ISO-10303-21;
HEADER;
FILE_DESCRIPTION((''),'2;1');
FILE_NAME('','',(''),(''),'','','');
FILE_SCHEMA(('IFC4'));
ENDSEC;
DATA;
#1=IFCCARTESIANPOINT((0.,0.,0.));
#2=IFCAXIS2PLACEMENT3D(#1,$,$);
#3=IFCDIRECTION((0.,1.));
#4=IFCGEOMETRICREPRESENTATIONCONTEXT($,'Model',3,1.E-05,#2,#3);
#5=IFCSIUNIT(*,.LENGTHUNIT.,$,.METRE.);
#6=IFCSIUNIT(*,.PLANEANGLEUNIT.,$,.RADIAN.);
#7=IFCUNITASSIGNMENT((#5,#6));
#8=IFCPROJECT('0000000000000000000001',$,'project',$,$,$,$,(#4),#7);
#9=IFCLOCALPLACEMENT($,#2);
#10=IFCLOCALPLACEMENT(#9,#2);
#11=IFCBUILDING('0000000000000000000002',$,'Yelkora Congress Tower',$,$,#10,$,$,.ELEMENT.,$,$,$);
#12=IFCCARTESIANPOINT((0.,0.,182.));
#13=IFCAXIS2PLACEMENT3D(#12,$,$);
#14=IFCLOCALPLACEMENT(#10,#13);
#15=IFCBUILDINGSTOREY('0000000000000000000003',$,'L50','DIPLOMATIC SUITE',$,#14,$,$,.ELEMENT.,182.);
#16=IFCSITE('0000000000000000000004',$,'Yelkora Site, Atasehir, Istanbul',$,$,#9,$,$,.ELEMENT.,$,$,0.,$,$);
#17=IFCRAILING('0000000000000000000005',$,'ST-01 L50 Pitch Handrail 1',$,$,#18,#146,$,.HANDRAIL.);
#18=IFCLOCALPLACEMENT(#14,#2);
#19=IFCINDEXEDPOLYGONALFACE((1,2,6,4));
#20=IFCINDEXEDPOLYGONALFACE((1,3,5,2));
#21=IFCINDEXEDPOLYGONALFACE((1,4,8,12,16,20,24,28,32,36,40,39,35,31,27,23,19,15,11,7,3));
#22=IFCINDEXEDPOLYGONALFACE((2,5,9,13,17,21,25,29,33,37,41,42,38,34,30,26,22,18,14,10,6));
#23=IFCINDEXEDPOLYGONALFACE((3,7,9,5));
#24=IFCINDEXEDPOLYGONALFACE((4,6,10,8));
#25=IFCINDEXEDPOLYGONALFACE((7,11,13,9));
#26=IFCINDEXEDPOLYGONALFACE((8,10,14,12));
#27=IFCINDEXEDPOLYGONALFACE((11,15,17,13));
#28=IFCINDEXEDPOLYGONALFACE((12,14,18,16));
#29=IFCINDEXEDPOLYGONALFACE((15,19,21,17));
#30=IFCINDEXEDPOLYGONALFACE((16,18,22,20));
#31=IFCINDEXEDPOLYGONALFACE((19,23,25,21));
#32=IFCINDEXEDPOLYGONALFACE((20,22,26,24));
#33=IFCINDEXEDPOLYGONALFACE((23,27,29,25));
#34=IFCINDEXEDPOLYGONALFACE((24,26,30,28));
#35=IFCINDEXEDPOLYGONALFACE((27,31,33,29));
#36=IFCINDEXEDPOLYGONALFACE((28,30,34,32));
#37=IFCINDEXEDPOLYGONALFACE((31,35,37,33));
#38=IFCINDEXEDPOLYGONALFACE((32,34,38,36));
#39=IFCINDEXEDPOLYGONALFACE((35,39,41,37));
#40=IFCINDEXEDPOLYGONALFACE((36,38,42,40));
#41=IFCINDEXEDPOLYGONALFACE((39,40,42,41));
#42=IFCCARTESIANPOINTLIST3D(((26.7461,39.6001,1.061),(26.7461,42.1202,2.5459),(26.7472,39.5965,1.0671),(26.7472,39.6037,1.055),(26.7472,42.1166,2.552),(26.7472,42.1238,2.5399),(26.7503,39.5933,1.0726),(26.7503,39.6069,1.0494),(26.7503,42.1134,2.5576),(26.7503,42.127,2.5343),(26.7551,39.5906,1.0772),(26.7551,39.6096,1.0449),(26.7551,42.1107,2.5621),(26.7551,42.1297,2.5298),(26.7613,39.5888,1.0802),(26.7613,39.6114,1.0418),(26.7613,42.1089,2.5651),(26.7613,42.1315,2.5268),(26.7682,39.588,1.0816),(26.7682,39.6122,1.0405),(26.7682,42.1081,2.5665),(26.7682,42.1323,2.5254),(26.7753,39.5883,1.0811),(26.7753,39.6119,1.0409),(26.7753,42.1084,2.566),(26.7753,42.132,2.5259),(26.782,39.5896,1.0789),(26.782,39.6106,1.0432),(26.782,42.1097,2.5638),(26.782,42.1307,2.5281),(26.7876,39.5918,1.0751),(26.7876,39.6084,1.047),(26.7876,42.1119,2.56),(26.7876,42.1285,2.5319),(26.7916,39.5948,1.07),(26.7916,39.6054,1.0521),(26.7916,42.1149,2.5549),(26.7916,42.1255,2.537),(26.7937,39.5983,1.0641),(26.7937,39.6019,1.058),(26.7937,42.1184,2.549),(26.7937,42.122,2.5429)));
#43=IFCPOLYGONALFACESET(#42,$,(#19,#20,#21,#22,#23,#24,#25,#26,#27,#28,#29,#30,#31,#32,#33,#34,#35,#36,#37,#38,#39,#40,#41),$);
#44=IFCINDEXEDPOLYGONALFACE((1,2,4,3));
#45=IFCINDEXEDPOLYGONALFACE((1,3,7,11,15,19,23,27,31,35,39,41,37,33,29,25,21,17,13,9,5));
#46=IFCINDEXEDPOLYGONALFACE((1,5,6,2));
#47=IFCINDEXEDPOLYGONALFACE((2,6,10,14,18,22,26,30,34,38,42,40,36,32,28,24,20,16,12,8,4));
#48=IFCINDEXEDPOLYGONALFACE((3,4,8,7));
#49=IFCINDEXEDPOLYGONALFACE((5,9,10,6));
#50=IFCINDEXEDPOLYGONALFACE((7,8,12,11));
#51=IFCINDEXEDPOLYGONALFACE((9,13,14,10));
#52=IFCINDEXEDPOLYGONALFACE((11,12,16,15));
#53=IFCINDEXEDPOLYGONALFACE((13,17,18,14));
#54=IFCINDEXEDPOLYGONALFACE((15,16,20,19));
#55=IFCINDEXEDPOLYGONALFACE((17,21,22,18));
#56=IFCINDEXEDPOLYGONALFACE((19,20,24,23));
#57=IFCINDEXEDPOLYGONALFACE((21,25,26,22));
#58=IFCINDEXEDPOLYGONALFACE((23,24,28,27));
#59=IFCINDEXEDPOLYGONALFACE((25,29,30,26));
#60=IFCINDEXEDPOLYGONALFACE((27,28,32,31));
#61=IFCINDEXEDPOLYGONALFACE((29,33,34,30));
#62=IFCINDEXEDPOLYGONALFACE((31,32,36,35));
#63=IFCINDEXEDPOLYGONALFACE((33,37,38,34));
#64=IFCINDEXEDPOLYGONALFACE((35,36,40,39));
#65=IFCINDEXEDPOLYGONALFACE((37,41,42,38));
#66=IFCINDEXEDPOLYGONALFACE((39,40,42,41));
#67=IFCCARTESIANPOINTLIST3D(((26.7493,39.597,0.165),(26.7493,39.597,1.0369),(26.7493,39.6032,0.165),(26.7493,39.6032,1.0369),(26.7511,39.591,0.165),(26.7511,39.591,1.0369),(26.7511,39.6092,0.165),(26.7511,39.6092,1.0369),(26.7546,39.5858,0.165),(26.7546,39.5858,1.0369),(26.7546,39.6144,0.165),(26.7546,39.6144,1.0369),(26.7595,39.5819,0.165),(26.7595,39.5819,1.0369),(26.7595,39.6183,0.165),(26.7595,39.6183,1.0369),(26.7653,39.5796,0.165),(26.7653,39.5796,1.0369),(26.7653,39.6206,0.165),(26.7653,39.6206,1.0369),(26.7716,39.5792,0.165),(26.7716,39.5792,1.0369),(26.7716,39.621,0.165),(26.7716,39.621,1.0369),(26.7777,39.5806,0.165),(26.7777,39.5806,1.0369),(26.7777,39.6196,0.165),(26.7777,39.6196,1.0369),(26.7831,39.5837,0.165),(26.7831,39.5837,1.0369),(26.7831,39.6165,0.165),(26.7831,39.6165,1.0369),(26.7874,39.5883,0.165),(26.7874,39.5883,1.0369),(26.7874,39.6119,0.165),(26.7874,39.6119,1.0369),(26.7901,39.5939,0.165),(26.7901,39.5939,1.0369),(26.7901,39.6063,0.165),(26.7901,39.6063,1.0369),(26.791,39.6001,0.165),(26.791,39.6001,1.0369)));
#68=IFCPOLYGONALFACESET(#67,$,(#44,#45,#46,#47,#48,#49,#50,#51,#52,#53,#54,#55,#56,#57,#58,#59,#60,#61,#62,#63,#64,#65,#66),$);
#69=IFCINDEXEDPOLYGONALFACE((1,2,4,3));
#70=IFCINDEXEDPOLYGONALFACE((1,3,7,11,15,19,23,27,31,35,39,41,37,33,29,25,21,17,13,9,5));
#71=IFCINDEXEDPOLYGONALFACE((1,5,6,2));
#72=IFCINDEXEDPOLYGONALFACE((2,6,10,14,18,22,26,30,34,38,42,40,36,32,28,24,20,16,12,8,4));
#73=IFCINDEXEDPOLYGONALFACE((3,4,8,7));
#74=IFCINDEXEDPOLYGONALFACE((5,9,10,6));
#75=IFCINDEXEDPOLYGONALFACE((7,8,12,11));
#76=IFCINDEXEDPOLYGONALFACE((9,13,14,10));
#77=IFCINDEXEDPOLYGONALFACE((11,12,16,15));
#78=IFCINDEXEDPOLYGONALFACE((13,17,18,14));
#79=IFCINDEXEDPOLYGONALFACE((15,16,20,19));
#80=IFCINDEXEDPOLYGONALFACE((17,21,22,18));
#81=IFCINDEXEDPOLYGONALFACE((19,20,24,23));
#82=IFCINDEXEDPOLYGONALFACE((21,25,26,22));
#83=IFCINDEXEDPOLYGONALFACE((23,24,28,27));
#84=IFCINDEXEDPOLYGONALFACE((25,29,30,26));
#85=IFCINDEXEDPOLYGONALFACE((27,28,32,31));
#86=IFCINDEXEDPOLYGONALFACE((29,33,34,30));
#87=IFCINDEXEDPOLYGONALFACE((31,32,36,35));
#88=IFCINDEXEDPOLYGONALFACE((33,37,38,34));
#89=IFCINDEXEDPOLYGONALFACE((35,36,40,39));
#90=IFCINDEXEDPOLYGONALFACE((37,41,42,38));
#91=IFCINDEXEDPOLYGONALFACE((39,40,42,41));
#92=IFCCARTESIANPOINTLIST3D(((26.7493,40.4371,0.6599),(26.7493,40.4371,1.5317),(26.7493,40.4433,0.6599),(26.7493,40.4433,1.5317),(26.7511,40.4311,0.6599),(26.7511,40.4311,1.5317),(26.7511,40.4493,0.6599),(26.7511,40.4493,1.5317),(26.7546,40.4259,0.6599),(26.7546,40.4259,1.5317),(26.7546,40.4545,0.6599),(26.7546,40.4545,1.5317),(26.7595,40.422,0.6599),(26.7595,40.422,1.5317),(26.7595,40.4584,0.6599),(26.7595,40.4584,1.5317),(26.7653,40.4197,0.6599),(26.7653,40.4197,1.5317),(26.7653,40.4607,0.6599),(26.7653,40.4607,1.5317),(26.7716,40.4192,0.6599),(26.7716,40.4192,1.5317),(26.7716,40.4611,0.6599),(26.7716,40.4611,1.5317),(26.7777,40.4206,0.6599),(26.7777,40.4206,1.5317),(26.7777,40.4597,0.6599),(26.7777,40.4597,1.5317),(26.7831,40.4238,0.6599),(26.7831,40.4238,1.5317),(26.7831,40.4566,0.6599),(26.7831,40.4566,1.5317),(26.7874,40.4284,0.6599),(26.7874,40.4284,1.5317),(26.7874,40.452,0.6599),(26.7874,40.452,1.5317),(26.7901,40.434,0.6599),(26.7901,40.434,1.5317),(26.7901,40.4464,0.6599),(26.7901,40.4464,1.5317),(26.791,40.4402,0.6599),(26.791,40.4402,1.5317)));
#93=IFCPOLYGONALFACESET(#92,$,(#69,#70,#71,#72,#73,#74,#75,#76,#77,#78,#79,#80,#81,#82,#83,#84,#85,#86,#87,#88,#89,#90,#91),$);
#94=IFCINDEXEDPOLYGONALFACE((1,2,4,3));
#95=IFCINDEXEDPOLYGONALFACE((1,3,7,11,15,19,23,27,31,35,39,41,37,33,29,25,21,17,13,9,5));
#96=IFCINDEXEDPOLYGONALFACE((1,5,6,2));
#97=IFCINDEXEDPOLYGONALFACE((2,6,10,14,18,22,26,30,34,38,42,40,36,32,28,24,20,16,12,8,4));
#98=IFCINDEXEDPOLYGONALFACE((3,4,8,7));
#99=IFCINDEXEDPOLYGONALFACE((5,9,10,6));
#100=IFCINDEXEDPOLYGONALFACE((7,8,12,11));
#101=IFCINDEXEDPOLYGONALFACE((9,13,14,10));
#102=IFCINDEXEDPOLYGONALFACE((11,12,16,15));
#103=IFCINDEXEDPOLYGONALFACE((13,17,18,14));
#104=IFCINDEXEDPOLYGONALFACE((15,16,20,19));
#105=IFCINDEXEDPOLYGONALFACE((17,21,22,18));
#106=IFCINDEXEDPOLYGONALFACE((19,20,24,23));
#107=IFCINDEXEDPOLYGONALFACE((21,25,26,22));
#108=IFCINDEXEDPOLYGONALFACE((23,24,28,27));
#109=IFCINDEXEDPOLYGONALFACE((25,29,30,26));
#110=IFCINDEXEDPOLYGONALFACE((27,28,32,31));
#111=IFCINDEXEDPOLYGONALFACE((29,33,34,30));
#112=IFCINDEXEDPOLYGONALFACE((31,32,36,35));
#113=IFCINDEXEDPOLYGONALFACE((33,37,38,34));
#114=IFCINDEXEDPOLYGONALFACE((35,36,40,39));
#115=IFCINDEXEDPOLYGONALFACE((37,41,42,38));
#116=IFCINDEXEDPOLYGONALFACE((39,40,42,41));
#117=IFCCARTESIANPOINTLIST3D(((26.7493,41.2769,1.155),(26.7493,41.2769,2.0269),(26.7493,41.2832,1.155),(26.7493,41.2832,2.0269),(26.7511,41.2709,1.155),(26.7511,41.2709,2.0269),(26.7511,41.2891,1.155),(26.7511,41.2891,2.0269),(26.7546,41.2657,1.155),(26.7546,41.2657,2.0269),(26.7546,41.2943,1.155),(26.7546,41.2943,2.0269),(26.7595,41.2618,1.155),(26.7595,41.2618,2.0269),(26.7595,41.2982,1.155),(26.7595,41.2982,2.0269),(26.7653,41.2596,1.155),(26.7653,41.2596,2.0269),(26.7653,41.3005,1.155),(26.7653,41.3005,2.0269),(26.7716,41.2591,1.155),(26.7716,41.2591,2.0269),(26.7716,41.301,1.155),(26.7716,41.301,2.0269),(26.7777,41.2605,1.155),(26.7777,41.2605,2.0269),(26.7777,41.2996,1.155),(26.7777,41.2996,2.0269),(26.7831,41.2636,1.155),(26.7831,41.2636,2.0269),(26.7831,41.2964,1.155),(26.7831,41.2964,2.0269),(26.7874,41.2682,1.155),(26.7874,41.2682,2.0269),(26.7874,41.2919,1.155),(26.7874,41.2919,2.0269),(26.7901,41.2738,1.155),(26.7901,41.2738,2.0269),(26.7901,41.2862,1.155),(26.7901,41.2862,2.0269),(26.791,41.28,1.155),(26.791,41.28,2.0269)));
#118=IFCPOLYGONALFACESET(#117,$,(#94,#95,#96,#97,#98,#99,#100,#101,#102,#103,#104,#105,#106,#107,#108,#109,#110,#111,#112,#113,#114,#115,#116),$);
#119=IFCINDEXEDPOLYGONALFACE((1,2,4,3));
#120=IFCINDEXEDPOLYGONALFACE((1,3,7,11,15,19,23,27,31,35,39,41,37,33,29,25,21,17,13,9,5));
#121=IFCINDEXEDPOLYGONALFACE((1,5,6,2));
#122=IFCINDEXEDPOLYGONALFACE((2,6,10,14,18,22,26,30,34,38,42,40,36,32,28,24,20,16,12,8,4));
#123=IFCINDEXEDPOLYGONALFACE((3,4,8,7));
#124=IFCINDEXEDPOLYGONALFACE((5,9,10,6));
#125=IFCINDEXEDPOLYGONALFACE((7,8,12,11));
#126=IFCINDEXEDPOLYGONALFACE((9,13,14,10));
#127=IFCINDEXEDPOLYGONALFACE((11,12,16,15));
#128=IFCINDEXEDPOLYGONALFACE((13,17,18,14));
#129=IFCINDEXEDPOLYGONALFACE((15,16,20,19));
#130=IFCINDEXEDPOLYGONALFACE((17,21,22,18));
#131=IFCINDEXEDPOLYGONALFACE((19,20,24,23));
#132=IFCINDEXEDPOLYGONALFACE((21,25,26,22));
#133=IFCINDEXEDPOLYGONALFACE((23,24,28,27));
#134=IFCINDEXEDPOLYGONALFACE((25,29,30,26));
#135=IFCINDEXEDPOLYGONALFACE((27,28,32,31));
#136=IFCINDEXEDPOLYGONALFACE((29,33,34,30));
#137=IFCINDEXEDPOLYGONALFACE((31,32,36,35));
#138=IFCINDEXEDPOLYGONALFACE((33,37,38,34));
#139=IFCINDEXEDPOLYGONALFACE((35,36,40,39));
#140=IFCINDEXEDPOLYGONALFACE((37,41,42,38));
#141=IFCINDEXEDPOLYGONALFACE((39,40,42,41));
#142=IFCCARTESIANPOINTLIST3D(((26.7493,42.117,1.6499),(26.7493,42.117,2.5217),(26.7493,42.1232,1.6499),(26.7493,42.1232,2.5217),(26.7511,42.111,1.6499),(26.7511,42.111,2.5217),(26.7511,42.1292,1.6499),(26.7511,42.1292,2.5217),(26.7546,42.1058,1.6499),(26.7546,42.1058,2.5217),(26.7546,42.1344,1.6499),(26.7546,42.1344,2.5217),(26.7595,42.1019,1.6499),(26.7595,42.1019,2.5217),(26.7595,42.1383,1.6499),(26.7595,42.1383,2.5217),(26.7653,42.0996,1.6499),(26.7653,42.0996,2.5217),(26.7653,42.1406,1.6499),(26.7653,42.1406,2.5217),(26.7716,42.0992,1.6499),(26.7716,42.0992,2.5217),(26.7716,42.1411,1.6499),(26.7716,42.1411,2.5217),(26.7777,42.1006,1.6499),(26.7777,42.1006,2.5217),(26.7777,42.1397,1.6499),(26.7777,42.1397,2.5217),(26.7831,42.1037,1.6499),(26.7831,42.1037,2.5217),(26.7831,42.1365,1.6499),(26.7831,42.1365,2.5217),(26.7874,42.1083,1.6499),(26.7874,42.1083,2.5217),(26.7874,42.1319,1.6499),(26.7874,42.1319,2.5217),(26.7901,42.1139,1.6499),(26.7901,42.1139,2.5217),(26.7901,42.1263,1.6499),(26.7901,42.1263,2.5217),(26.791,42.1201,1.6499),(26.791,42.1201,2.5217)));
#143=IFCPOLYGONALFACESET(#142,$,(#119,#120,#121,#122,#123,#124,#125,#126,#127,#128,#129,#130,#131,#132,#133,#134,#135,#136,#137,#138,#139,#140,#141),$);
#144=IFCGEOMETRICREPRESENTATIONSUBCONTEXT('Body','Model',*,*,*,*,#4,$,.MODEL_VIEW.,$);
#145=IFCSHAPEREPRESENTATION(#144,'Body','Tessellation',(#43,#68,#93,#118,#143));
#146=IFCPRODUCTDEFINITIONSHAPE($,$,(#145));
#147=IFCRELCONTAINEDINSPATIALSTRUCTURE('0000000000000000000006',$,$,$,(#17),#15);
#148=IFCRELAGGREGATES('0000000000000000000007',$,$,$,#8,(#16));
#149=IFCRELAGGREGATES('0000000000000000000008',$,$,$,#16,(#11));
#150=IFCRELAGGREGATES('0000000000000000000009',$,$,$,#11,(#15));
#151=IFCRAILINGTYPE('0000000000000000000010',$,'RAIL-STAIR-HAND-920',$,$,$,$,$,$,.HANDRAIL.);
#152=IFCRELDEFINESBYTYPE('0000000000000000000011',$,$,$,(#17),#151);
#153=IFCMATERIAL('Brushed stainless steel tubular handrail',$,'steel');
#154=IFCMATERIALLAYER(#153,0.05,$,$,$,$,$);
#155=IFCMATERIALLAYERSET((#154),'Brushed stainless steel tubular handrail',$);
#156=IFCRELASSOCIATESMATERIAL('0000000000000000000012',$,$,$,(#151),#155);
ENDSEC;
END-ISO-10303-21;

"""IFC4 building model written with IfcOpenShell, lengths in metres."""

from ifc_helpers import new_model, si_unit, direction, frame, origin, origin_2d, place, context, subcontext, project, spatial, circle, extrude, material, layer, layer_set, type_object, element, save


model = new_model("IFC4")

# Units and contexts
model_context = context("Model", 3, precision=1e-05, world=origin(), true_north=direction((0.0, 1.0)))
body_context = subcontext(model_context, "Body", "Model", "MODEL_VIEW")
ifc_project = project(units=[si_unit("LENGTHUNIT", "METRE"), si_unit("PLANEANGLEUNIT", "RADIAN")], contexts=[model_context])

# Site, building, storey
site_placement = place(None, origin())
site = spatial("IfcSite", under=ifc_project, at=site_placement, Name="Yelkora Site, Atasehir, Istanbul", CompositionType="ELEMENT", RefElevation=0.0)
building_placement = place(site_placement, origin())
building = spatial("IfcBuilding", under=site, at=building_placement, Name="Yelkora Congress Tower", CompositionType="ELEMENT")
storey_placement = place(building_placement, frame((0.0, 0.0, 182.0)))
storey = spatial("IfcBuildingStorey", under=building, at=storey_placement, Name="L50", Description="DIPLOMATIC SUITE", CompositionType="ELEMENT", Elevation=182.0)

# Railing
ifc_material_1 = material(Name="Brushed stainless steel tubular handrail", Category="steel")
ifc_layer_1 = layer(ifc_material_1, 0.05)
ifc_layer_set_1 = layer_set([ifc_layer_1], Name="Brushed stainless steel tubular handrail")
railing_type_1 = type_object("IfcRailingType", Name="RAIL-STAIR-HAND-920", PredefinedType="HANDRAIL", material=ifc_layer_set_1)
railing_1_placement = place(storey_placement, frame((26.77, 39.6001, 0.165)))
element("IfcRailing", 1, at=railing_1_placement, inside=storey, type_object=railing_type_1, Name="ST-01 L50 Pitch Handrail 1", PredefinedType="HANDRAIL", context=body_context, shape_type="SweptSolid", body=[
    extrude(circle(Radius=0.0239, at=origin_2d()), frame((0.0, 0.0, 0.896), z_axis=(0.0, 0.861561, 0.507655), x_axis=(-1.0, 0.0, 0.0)), (0.0, 0.0, 1.0), 2.925),
    extrude(circle(Radius=0.021, at=origin_2d()), origin(), (0.0, 0.0, 1.0), 0.8718),
    extrude(circle(Radius=0.021, at=origin_2d()), frame((0.0, 0.8401, 0.4949)), (0.0, 0.0, 1.0), 0.8718),
    extrude(circle(Radius=0.021, at=origin_2d()), frame((0.0, 1.6799, 0.99)), (0.0, 0.0, 1.0), 0.8718),
    extrude(circle(Radius=0.021, at=origin_2d()), frame((0.0, 2.52, 1.4849)), (0.0, 0.0, 1.0), 0.8718),
])

save(model, "model.ifc")
